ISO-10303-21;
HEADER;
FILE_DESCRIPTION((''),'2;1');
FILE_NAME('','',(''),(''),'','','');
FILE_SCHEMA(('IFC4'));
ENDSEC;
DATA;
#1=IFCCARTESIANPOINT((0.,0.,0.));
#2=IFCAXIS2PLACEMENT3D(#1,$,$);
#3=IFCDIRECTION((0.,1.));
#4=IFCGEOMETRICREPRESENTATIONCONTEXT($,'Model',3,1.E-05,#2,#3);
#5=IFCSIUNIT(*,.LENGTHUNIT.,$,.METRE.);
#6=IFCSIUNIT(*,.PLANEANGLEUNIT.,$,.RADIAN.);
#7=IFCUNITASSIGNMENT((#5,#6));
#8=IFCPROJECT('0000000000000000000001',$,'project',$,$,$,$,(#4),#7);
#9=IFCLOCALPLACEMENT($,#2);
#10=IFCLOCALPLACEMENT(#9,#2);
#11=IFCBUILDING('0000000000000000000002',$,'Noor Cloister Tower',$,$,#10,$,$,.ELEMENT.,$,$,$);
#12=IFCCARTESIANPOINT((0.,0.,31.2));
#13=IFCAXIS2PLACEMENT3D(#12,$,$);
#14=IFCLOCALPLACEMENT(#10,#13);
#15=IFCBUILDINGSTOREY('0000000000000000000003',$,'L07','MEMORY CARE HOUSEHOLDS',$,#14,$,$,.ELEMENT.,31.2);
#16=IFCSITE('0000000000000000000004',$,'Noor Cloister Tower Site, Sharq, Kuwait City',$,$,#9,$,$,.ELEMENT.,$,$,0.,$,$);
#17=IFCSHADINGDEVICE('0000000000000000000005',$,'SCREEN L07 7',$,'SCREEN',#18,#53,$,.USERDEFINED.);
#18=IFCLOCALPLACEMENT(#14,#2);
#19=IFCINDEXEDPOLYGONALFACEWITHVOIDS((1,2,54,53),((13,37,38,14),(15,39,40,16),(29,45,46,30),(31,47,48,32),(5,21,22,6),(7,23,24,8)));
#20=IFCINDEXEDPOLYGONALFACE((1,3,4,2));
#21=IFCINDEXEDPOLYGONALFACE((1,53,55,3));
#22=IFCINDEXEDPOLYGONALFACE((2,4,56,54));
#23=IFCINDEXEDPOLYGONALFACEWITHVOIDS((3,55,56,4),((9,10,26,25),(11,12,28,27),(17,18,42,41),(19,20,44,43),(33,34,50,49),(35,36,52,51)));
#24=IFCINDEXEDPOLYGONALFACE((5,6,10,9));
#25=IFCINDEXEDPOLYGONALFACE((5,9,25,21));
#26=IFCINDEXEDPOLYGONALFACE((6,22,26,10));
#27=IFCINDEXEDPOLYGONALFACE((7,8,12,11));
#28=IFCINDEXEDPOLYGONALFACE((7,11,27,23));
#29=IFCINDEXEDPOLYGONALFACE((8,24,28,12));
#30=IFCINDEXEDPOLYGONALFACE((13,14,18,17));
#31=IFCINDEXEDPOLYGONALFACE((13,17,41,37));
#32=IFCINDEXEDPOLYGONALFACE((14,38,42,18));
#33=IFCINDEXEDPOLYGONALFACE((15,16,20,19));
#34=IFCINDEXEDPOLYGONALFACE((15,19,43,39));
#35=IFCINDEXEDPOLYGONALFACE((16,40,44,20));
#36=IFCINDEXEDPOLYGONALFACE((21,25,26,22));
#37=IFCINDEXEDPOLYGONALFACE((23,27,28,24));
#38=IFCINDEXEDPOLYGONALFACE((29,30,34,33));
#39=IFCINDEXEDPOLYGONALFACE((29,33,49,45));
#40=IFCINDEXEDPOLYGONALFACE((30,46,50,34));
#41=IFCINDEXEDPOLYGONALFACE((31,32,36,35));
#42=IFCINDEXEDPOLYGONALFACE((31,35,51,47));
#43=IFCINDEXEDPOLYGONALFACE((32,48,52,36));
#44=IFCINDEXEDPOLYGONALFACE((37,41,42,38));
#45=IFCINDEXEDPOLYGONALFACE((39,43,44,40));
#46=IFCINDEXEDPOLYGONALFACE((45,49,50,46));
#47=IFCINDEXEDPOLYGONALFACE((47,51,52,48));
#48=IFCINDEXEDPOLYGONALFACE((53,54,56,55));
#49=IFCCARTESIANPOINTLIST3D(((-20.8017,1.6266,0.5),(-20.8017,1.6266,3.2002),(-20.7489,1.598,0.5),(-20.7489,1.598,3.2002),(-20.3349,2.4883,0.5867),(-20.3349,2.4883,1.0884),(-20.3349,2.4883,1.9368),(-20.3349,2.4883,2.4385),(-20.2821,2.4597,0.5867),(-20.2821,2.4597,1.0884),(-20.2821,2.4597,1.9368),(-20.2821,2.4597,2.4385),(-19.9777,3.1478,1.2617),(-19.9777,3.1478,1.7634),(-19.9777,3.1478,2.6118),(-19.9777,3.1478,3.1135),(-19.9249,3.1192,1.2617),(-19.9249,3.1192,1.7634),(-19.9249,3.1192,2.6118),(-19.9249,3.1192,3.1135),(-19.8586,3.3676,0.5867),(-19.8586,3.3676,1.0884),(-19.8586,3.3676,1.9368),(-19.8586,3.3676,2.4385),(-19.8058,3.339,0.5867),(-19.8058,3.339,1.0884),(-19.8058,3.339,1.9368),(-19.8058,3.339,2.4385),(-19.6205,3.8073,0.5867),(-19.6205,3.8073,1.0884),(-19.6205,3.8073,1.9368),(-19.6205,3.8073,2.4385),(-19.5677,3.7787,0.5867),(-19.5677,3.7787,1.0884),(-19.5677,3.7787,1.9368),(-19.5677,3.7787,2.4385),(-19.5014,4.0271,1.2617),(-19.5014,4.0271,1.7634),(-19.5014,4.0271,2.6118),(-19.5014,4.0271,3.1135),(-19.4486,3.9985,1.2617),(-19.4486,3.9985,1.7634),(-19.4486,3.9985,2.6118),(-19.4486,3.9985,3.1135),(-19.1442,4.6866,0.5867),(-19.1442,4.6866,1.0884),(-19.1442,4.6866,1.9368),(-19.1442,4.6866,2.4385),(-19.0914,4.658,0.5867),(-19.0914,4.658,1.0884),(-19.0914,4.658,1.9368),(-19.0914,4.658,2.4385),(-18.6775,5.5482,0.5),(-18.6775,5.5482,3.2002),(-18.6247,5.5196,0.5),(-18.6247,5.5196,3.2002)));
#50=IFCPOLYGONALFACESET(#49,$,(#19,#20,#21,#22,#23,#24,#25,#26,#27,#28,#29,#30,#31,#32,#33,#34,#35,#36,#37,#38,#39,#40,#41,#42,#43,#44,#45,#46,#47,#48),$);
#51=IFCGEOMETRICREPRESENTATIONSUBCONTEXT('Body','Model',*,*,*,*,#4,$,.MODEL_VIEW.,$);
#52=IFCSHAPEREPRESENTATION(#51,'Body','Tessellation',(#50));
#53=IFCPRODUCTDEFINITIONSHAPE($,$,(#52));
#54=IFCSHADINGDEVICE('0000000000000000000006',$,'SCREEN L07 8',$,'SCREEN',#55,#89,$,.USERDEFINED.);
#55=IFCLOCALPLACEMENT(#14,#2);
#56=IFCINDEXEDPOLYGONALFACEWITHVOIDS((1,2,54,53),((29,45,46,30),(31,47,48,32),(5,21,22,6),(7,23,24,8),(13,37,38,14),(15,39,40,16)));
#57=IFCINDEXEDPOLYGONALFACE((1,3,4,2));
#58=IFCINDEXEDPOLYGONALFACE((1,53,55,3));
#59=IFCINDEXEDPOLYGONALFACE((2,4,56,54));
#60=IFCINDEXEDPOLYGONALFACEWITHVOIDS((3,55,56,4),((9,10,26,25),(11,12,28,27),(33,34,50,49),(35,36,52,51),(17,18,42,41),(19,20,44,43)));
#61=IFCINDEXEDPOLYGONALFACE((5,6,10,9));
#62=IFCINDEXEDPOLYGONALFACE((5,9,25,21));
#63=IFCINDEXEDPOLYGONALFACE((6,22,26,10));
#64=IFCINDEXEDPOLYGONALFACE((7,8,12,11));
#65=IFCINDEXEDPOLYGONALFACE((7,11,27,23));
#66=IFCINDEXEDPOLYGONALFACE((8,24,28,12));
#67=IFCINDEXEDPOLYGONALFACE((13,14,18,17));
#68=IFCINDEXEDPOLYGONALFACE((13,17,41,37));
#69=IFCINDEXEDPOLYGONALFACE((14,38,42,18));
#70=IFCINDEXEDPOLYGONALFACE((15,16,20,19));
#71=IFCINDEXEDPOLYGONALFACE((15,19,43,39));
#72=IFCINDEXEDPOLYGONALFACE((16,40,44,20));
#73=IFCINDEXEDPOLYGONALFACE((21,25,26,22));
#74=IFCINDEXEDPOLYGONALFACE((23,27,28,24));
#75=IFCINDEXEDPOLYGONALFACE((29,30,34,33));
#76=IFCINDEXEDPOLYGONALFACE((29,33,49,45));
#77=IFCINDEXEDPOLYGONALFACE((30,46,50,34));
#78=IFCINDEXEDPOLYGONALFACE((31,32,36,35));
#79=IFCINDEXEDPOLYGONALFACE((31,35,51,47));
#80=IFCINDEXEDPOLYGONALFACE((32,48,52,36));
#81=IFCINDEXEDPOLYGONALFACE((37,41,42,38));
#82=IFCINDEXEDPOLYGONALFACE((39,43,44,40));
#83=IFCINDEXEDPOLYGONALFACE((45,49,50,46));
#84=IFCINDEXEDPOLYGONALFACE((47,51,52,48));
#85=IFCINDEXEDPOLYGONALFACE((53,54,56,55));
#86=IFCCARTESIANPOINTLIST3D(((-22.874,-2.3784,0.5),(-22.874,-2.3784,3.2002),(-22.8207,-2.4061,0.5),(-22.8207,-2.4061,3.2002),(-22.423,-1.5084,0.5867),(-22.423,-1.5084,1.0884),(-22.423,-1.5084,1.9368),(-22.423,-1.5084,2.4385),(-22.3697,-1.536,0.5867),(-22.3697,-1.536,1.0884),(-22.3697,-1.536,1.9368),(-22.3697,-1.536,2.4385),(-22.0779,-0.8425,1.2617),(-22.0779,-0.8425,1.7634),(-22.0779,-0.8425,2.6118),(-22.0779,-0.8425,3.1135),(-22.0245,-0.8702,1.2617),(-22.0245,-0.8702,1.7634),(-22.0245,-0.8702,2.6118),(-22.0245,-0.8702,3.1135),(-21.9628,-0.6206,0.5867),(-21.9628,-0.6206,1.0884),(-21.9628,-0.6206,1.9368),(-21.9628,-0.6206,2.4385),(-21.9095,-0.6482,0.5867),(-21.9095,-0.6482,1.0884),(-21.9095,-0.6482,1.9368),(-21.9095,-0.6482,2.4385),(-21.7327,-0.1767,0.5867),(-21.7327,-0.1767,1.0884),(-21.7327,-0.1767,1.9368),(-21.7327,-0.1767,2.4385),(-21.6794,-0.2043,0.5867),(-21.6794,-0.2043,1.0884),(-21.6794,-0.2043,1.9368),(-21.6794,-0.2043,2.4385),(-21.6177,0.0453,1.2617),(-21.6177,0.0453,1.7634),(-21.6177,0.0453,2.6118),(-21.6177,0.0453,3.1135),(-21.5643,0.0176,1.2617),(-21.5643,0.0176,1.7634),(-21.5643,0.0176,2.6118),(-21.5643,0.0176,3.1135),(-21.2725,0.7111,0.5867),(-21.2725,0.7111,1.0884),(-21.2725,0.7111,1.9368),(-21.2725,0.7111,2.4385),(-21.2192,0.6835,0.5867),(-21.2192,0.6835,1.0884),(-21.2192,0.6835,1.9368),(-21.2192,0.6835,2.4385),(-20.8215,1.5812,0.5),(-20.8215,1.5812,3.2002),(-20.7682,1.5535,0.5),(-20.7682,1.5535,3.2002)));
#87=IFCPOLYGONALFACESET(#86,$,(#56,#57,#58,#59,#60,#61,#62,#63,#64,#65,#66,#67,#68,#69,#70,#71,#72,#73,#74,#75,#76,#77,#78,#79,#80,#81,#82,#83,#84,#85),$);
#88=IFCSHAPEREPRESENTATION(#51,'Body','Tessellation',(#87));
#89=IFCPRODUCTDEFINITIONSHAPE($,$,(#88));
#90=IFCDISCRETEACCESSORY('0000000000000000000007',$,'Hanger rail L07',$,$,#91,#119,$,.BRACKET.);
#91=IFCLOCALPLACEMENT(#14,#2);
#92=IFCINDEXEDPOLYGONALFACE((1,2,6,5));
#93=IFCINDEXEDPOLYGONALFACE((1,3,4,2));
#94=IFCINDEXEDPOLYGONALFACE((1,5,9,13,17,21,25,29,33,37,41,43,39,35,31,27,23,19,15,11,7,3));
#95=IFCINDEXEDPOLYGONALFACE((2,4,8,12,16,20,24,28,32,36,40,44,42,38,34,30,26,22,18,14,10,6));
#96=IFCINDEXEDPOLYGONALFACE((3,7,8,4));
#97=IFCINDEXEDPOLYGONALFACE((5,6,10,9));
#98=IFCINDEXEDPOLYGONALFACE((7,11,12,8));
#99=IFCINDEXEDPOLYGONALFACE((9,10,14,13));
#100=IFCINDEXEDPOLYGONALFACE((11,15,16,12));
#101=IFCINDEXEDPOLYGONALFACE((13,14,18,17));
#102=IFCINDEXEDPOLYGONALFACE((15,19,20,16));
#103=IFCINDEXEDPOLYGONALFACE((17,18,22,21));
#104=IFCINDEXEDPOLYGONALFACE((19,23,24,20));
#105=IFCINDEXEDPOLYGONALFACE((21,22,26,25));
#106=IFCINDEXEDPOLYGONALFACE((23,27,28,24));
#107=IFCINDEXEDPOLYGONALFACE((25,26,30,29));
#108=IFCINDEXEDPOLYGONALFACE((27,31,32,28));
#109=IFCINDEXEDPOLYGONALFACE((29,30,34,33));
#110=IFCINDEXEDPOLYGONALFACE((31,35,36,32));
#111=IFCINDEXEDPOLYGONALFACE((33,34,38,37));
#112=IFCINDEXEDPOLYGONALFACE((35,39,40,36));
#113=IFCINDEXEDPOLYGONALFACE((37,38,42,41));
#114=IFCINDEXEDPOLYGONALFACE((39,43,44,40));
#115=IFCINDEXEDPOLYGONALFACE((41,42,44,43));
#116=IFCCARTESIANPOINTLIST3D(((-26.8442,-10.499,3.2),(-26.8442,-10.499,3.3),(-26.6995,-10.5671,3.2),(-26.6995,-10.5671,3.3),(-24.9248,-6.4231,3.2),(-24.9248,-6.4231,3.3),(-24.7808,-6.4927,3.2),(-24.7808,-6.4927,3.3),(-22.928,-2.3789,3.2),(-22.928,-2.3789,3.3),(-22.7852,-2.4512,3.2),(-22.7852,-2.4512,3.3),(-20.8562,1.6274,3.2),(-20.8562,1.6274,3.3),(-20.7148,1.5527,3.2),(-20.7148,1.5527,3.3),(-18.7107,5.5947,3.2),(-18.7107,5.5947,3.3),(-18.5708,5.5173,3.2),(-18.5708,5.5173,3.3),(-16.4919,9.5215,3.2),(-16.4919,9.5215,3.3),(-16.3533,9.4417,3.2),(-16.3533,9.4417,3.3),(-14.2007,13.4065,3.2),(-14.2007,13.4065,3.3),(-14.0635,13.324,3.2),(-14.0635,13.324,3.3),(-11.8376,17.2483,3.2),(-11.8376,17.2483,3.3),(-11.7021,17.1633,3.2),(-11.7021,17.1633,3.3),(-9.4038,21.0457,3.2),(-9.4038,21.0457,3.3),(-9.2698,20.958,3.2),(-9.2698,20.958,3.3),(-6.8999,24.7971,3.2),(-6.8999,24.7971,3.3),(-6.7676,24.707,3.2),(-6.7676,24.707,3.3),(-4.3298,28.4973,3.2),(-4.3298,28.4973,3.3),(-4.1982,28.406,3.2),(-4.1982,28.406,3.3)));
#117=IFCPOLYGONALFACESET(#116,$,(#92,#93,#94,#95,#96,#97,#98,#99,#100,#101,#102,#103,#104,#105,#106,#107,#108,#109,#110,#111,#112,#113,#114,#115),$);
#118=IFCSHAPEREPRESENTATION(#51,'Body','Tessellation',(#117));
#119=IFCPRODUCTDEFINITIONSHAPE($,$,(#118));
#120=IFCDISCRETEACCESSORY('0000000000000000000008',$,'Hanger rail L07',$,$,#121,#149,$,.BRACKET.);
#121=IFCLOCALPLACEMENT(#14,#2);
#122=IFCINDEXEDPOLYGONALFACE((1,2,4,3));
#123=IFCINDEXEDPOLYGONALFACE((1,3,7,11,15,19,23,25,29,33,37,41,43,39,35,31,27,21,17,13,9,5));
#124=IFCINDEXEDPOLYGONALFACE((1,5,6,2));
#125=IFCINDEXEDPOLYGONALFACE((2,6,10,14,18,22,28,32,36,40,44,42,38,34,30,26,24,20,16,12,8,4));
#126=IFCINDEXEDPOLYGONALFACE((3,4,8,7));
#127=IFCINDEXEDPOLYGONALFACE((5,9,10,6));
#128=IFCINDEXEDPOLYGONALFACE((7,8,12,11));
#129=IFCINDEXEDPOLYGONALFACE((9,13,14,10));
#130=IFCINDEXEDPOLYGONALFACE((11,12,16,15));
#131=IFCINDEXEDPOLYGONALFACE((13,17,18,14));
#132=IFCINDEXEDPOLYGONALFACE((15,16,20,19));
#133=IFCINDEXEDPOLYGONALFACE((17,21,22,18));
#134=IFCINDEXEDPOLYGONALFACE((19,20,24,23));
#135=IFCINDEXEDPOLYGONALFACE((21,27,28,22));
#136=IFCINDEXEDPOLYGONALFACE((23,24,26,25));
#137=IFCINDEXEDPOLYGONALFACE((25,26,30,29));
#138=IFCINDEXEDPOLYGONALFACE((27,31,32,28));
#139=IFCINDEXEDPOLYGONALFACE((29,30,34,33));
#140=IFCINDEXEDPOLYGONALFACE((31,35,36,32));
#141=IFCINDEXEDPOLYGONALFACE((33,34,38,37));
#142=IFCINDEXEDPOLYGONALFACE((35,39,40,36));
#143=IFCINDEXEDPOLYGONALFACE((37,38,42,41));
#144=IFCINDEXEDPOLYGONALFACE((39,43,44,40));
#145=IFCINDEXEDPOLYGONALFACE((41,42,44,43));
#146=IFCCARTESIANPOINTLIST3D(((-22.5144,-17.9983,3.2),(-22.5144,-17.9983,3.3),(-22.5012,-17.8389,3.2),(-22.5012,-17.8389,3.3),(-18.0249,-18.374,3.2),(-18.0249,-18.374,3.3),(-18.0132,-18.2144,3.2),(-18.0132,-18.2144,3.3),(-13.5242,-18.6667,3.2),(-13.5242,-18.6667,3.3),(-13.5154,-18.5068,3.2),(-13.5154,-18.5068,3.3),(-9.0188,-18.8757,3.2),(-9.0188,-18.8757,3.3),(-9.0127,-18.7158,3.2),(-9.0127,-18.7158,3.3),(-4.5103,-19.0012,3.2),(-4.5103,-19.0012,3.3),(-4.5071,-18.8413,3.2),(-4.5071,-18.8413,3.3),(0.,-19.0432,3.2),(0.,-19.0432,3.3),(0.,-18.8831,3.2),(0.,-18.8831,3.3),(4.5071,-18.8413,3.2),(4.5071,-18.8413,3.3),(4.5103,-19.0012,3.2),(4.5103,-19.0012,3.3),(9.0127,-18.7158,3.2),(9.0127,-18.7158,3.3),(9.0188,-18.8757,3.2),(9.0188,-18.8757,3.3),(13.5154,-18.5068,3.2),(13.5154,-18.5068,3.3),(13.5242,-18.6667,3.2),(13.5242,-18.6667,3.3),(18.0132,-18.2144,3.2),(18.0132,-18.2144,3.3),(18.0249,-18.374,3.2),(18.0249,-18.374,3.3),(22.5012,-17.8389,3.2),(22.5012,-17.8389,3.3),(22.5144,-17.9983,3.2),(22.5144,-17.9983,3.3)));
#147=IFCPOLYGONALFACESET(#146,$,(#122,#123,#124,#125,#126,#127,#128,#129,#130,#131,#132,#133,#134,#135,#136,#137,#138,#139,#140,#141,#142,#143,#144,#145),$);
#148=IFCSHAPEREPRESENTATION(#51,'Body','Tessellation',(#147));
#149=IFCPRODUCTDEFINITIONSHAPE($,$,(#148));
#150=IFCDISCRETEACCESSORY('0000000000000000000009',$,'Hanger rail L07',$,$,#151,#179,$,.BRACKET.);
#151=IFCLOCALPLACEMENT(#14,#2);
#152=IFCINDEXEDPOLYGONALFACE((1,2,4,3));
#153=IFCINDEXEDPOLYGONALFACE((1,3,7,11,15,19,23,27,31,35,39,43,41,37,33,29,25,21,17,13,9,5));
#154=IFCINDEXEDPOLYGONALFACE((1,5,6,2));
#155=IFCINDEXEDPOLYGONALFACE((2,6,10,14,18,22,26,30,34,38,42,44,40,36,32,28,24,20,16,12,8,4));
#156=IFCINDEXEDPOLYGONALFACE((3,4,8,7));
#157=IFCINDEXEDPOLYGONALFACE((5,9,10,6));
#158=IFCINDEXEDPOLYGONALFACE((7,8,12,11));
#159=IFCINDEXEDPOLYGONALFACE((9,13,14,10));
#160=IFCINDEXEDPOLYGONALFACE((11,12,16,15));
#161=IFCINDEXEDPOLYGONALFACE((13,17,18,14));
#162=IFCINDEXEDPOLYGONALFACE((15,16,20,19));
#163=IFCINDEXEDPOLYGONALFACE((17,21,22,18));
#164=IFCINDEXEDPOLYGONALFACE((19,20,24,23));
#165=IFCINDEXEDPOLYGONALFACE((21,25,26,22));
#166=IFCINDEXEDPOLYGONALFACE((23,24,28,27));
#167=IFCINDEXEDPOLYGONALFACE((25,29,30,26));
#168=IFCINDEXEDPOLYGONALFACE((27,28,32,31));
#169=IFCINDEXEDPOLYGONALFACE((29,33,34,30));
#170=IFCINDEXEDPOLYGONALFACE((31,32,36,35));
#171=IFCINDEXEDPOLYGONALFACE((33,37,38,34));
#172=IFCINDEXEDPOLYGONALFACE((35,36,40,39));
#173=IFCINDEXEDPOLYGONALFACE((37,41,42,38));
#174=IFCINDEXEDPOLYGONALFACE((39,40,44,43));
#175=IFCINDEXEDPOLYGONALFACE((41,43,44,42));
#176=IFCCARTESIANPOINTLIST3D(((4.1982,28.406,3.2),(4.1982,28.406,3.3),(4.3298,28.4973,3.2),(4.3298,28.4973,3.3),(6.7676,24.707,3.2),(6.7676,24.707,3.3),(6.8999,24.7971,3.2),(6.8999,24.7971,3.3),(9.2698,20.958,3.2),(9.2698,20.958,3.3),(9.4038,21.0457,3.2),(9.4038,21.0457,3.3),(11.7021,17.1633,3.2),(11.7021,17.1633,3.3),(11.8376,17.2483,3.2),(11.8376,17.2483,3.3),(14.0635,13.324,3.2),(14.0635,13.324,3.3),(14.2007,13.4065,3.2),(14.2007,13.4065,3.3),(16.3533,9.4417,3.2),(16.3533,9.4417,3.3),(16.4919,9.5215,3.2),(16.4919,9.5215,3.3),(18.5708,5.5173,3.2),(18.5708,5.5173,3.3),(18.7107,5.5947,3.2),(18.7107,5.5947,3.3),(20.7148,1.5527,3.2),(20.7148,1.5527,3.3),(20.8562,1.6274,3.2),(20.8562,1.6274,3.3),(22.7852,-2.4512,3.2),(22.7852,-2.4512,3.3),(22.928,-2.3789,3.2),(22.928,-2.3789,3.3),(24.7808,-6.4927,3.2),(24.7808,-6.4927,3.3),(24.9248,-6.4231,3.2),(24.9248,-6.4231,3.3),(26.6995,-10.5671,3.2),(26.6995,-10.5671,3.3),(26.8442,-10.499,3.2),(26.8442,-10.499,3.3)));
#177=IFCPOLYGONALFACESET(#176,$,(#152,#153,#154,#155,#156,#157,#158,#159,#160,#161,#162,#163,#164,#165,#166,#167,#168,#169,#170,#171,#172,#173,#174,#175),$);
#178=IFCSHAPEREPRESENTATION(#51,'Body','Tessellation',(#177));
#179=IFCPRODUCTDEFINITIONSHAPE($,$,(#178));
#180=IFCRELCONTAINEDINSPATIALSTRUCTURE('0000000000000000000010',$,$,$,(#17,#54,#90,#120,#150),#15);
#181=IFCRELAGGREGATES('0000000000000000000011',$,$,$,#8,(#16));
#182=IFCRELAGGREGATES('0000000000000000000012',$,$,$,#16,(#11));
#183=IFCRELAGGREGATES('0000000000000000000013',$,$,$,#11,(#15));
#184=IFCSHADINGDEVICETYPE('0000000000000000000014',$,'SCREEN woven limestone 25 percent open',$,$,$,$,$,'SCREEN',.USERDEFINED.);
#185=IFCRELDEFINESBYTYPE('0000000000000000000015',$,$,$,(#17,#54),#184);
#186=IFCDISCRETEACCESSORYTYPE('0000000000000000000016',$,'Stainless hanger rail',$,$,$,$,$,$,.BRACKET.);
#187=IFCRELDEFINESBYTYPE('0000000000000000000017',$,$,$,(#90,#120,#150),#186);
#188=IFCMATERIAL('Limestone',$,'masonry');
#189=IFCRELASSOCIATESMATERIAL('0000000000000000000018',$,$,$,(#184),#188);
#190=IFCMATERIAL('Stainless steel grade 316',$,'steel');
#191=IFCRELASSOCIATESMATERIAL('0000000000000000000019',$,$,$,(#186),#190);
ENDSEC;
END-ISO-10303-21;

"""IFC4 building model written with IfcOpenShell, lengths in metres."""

from ifc_helpers import new_model, si_unit, direction, frame, origin, place, context, subcontext, project, spatial, polyline, outline, extrude, material, material_profile, profile_set, type_object, element, save


model = new_model("IFC4")

# Units and contexts
model_context = context("Model", 3, precision=1e-05, world=origin(), true_north=direction((0.0, 1.0)))
body_context = subcontext(model_context, "Body", "Model", "MODEL_VIEW")
ifc_project = project(units=[si_unit("LENGTHUNIT", "METRE"), si_unit("PLANEANGLEUNIT", "RADIAN")], contexts=[model_context])

# Site, building, storey
site_placement = place(None, origin())
site = spatial("IfcSite", under=ifc_project, at=site_placement, Name="Noor Cloister Tower Site, Sharq, Kuwait City", CompositionType="ELEMENT", RefElevation=0.0)
building_placement = place(site_placement, origin())
building = spatial("IfcBuilding", under=site, at=building_placement, Name="Noor Cloister Tower", CompositionType="ELEMENT")
storey_placement = place(building_placement, frame((0.0, 0.0, 31.2)))
storey = spatial("IfcBuildingStorey", under=building, at=storey_placement, Name="L07", Description="MEMORY CARE HOUSEHOLDS", CompositionType="ELEMENT", Elevation=31.2)

# Shading devices
ifc_material_1 = material(Name="Limestone", Category="masonry")
ifc_material_profile_1 = material_profile(ifc_material_1, outline(polyline([(-2.23, -1.3501), (2.23, -1.3501), (2.23, 1.3501), (-2.23, 1.3501), (-2.23, -1.3501)]), holes=[polyline([(-1.25, -1.2634), (-0.25, -1.2634), (-0.25, -0.7617), (-1.25, -0.7617), (-1.25, -1.2634)]), polyline([(0.25, -1.2634), (1.25, -1.2634), (1.25, -0.7617), (0.25, -0.7617), (0.25, -1.2634)]), polyline([(-0.5, -0.5884), (0.5, -0.5884), (0.5, -0.0867), (-0.5, -0.0867), (-0.5, -0.5884)]), polyline([(-1.25, 0.0867), (-0.25, 0.0867), (-0.25, 0.5884), (-1.25, 0.5884), (-1.25, 0.0867)]), polyline([(0.25, 0.0867), (1.25, 0.0867), (1.25, 0.5884), (0.25, 0.5884), (0.25, 0.0867)]), polyline([(-0.5, 0.7617), (0.5, 0.7617), (0.5, 1.2634), (-0.5, 1.2634), (-0.5, 0.7617)])]), Name="Woven screen 25 percent open")
ifc_profile_set_1 = profile_set([ifc_material_profile_1], Name="Limestone")
shading_device_type = type_object("IfcShadingDeviceType", Name="SCREEN woven limestone 25 percent open", ElementType="SCREEN", PredefinedType="USERDEFINED", material=ifc_profile_set_1)
for number, where, z_axis, x_axis, name in (
    (1, (-19.6868, 3.5588, 1.8501), (-0.879292, 0.476283, 0.0), (-0.476283, -0.879292, 0.0), "SCREEN L07 7"),
    (2, (-21.7944, -0.4263, 1.8501), (-0.887816, 0.460198, 0.0), (-0.460198, -0.887816, 0.0), "SCREEN L07 8"),
):
    element("IfcShadingDevice", number, at=place(storey_placement, frame(where, z_axis=z_axis, x_axis=x_axis)), inside=storey, type_object=shading_device_type, Name=name, ObjectType="SCREEN", PredefinedType="USERDEFINED", context=body_context, shape_type="SweptSolid", body=[
        extrude(outline(polyline([(-2.23, -1.3501), (2.23, -1.3501), (2.23, 1.3501), (-2.23, 1.3501), (-2.23, -1.3501)]), holes=[polyline([(-1.25, -1.2634), (-0.25, -1.2634), (-0.25, -0.7617), (-1.25, -0.7617), (-1.25, -1.2634)]), polyline([(0.25, -1.2634), (1.25, -1.2634), (1.25, -0.7617), (0.25, -0.7617), (0.25, -1.2634)]), polyline([(-0.5, -0.5884), (0.5, -0.5884), (0.5, -0.0867), (-0.5, -0.0867), (-0.5, -0.5884)]), polyline([(-1.25, 0.0867), (-0.25, 0.0867), (-0.25, 0.5884), (-1.25, 0.5884), (-1.25, 0.0867)]), polyline([(0.25, 0.0867), (1.25, 0.0867), (1.25, 0.5884), (0.25, 0.5884), (0.25, 0.0867)]), polyline([(-0.5, 0.7617), (0.5, 0.7617), (0.5, 1.2634), (-0.5, 1.2634), (-0.5, 0.7617)])]), origin(), (0.0, 0.0, 1.0), 0.0601),
    ])

# Discrete accessories
ifc_material_2 = material(Name="Stainless steel grade 316", Category="steel")
discrete_accessory_type = type_object("IfcDiscreteAccessoryType", Name="Stainless hanger rail", PredefinedType="BRACKET", material=ifc_material_2)
discrete_accessory_1_placement = place(storey_placement, frame((0.0, 0.0, 3.2)))
element("IfcDiscreteAccessory", 3, at=discrete_accessory_1_placement, inside=storey, type_object=discrete_accessory_type, Name="Hanger rail L07", PredefinedType="BRACKET", context=body_context, shape_type="SweptSolid", body=[
    extrude(outline(polyline([(-4.3298, 28.4973), (-6.8999, 24.7971), (-9.4038, 21.0457), (-11.8376, 17.2483), (-14.2007, 13.4065), (-16.4919, 9.5215), (-18.7107, 5.5947), (-20.8562, 1.6274), (-22.928, -2.3789), (-24.9248, -6.4231), (-26.8442, -10.499), (-26.6995, -10.5671), (-24.7808, -6.4927), (-22.7852, -2.4512), (-20.7148, 1.5527), (-18.5708, 5.5173), (-16.3533, 9.4417), (-14.0635, 13.324), (-11.7021, 17.1633), (-9.2698, 20.958), (-6.7676, 24.707), (-4.1982, 28.406), (-4.3298, 28.4973)])), origin(), (0.0, 0.0, 1.0), 0.1001),
])
discrete_accessory_2_placement = place(storey_placement, frame((0.0, 0.0, 3.2)))
element("IfcDiscreteAccessory", 4, at=discrete_accessory_2_placement, inside=storey, type_object=discrete_accessory_type, Name="Hanger rail L07", PredefinedType="BRACKET", context=body_context, shape_type="SweptSolid", body=[
    extrude(outline(polyline([(-22.5144, -17.9983), (-18.0249, -18.374), (-13.5242, -18.6667), (-9.0188, -18.8757), (-4.5103, -19.0012), (0.0, -19.0432), (4.5103, -19.0012), (9.0188, -18.8757), (13.5242, -18.6667), (18.0249, -18.374), (22.5144, -17.9983), (22.5012, -17.8389), (18.0132, -18.2144), (13.5154, -18.5068), (9.0127, -18.7158), (4.5071, -18.8413), (0.0, -18.8831), (-4.5071, -18.8413), (-9.0127, -18.7158), (-13.5154, -18.5068), (-18.0132, -18.2144), (-22.5012, -17.8389), (-22.5144, -17.9983)])), origin(), (0.0, 0.0, 1.0), 0.1001),
])
discrete_accessory_3_placement = place(storey_placement, frame((0.0, 0.0, 3.2)))
element("IfcDiscreteAccessory", 5, at=discrete_accessory_3_placement, inside=storey, type_object=discrete_accessory_type, Name="Hanger rail L07", PredefinedType="BRACKET", context=body_context, shape_type="SweptSolid", body=[
    extrude(outline(polyline([(26.8442, -10.499), (24.9248, -6.4231), (22.928, -2.3789), (20.8562, 1.6274), (18.7107, 5.5947), (16.4919, 9.5215), (14.2007, 13.4065), (11.8376, 17.2483), (9.4038, 21.0457), (6.8999, 24.7971), (4.3298, 28.4973), (4.1982, 28.406), (6.7676, 24.707), (9.2698, 20.958), (11.7021, 17.1633), (14.0635, 13.324), (16.3533, 9.4417), (18.5708, 5.5173), (20.7148, 1.5527), (22.7852, -2.4512), (24.7808, -6.4927), (26.6995, -10.5671), (26.8442, -10.499)])), origin(), (0.0, 0.0, 1.0), 0.1001),
])

save(model, "model.ifc")
